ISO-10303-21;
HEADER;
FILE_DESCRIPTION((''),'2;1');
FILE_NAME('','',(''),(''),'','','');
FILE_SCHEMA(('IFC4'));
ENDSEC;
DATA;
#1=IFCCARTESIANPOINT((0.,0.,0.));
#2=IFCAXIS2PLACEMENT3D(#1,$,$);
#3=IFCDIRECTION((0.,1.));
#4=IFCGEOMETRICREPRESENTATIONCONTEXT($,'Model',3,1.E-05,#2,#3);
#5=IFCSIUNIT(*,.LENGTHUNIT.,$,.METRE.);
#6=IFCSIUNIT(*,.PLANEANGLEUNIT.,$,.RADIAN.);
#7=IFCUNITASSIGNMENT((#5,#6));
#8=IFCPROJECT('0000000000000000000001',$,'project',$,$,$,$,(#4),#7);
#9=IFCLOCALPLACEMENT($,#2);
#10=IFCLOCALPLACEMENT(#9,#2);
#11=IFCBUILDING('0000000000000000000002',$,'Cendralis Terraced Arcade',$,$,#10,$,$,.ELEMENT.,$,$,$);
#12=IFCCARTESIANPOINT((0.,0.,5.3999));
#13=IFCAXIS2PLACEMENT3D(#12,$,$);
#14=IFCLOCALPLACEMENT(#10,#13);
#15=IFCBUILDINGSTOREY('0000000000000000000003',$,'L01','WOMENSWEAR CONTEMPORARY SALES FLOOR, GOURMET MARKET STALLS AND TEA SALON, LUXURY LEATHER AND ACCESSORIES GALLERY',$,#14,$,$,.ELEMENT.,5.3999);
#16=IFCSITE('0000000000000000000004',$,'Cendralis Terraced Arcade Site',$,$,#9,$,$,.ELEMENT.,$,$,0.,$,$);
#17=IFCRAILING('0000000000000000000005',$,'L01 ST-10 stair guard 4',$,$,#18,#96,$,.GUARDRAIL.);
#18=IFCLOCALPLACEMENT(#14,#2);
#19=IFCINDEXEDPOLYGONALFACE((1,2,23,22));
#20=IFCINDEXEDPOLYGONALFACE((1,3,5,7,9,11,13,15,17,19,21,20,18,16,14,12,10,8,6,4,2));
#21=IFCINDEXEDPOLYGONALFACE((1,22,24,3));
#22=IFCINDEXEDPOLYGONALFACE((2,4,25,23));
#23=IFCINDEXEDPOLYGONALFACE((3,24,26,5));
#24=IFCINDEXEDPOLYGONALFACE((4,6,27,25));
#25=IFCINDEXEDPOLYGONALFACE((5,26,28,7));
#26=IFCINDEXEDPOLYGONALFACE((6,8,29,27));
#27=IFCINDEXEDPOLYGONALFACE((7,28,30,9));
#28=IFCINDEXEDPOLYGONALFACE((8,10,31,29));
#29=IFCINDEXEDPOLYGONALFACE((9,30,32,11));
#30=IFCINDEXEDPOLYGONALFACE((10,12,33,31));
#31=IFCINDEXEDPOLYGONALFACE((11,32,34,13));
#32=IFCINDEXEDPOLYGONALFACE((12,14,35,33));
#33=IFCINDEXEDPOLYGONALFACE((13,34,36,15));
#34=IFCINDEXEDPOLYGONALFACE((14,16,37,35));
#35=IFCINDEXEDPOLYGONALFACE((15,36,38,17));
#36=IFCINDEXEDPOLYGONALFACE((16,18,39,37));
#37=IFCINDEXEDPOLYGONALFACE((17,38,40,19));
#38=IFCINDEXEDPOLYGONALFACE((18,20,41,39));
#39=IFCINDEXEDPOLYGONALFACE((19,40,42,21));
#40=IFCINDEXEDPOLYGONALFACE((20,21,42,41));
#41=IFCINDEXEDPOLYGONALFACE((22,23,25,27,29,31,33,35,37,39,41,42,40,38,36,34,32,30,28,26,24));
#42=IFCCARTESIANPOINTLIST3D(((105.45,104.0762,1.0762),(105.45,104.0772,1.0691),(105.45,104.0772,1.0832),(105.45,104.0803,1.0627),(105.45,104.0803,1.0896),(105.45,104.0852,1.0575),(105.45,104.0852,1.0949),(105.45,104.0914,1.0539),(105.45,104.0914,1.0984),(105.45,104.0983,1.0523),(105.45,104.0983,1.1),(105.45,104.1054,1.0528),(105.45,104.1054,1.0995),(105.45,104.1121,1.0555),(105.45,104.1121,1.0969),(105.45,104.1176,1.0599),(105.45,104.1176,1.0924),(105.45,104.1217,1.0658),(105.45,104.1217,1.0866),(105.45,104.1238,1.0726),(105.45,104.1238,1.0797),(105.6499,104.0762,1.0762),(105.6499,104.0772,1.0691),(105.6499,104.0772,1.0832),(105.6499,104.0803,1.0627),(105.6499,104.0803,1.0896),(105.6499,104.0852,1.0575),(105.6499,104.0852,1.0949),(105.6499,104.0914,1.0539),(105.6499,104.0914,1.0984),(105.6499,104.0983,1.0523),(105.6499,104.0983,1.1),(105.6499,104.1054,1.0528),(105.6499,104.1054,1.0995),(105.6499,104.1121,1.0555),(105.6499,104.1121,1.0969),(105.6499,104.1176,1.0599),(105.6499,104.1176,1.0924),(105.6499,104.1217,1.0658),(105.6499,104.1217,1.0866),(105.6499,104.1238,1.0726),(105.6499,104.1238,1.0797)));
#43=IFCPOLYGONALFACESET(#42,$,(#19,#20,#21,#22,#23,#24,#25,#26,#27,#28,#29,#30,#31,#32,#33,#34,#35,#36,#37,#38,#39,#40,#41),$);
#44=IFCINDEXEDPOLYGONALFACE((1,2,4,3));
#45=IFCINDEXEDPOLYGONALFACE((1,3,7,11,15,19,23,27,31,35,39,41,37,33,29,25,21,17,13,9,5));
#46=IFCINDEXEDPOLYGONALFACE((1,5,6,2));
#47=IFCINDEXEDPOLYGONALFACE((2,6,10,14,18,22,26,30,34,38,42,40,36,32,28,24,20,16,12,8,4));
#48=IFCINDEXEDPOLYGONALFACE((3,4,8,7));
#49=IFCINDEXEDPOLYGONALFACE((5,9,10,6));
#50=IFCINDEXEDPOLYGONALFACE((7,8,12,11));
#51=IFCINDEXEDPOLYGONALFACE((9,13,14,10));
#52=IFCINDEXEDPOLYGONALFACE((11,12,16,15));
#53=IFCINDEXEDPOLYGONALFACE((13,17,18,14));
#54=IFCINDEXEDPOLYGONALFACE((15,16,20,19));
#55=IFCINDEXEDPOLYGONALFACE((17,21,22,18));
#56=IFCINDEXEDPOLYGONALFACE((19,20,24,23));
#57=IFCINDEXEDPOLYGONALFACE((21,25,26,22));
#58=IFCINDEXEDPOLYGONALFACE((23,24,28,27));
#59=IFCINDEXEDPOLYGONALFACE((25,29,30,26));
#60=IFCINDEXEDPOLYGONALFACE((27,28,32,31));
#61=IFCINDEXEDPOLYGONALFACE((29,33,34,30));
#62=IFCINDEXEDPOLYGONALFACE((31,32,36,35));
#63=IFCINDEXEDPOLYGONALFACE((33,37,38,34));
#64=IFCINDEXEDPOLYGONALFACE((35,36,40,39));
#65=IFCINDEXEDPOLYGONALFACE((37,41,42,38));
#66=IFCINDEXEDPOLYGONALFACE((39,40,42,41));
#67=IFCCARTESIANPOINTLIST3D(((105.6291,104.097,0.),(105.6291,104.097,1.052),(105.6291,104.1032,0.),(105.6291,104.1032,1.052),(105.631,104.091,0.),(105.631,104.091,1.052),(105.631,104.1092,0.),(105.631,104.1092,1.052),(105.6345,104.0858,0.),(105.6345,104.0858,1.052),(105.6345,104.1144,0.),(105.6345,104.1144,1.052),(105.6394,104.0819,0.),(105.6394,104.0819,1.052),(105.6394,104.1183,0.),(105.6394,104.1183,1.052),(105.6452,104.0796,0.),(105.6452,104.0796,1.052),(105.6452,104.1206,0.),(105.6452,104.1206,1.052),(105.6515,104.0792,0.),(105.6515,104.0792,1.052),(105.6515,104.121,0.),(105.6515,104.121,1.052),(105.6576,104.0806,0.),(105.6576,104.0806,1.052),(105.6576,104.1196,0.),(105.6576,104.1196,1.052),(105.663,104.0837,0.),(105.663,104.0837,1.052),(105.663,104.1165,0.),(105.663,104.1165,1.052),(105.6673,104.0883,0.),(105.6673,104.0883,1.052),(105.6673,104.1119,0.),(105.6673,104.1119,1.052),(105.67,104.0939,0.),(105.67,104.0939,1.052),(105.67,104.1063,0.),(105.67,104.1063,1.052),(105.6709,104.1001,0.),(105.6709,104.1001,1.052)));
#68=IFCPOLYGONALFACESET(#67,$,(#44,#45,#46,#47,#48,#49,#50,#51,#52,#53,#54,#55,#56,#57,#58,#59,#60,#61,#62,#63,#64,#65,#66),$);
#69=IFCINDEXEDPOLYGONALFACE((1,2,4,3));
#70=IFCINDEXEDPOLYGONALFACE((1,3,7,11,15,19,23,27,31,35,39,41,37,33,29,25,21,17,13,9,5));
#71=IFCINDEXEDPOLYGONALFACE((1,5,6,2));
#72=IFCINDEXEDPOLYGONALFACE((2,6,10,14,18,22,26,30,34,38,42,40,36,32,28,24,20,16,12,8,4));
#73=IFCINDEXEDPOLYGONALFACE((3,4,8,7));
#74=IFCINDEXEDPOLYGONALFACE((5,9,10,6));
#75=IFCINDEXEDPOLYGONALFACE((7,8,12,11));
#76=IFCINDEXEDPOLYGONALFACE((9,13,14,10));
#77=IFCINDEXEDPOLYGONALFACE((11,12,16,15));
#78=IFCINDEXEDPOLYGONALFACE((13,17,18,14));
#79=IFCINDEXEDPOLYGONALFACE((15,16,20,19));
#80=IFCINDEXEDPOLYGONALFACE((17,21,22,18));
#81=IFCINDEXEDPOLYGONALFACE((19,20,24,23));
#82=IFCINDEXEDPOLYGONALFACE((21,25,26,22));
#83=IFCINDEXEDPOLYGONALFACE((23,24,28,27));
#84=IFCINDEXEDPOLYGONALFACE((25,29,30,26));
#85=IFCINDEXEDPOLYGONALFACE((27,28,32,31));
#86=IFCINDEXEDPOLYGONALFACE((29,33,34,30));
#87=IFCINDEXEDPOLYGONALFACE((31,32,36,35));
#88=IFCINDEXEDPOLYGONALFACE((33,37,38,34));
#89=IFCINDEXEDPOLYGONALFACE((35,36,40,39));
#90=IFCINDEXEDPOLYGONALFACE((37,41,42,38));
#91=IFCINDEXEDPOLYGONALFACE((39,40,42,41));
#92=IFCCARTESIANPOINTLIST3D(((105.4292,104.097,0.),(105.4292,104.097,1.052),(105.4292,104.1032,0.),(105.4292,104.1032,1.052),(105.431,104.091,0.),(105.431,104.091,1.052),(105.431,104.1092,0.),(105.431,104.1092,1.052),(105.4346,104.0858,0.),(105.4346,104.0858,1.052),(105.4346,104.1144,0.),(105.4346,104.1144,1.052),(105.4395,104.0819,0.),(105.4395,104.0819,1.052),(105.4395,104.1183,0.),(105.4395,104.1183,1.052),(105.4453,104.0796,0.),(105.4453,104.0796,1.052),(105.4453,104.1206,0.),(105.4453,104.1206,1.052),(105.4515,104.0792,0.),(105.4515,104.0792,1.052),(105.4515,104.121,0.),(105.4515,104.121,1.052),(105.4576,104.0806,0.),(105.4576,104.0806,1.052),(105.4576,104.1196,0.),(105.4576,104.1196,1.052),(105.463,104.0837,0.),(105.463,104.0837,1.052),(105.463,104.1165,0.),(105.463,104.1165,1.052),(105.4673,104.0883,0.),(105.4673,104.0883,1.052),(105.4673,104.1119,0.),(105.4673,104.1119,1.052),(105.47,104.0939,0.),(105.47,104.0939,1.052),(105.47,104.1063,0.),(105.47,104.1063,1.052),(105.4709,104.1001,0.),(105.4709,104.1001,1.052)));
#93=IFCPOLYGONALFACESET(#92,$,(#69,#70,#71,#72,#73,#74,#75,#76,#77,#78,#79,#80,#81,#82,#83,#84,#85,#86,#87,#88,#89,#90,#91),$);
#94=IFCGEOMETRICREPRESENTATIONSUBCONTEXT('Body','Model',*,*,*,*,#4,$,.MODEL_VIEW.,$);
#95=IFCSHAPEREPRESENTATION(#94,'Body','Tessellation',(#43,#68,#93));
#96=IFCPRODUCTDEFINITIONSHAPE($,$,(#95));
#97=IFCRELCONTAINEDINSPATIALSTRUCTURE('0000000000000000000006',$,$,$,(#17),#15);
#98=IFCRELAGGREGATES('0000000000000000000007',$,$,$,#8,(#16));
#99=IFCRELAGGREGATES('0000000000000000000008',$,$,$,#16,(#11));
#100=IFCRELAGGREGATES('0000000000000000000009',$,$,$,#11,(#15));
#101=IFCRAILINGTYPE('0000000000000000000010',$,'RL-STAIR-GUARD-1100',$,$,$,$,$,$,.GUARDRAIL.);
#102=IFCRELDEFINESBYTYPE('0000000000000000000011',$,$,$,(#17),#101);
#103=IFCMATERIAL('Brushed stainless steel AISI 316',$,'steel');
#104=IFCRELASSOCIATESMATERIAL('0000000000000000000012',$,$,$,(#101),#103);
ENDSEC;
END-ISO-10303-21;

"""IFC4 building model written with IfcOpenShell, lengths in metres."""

from ifc_helpers import new_model, si_unit, direction, frame, origin, origin_2d, place, context, subcontext, project, spatial, circle, extrude, material, type_object, element, save


model = new_model("IFC4")

# Units and contexts
model_context = context("Model", 3, precision=1e-05, world=origin(), true_north=direction((0.0, 1.0)))
body_context = subcontext(model_context, "Body", "Model", "MODEL_VIEW")
ifc_project = project(units=[si_unit("LENGTHUNIT", "METRE"), si_unit("PLANEANGLEUNIT", "RADIAN")], contexts=[model_context])

# Site, building, storey
site_placement = place(None, origin())
site = spatial("IfcSite", under=ifc_project, at=site_placement, Name="Cendralis Terraced Arcade Site", CompositionType="ELEMENT", RefElevation=0.0)
building_placement = place(site_placement, origin())
building = spatial("IfcBuilding", under=site, at=building_placement, Name="Cendralis Terraced Arcade", CompositionType="ELEMENT")
storey_placement = place(building_placement, frame((0.0, 0.0, 5.3999)))
storey = spatial("IfcBuildingStorey", under=building, at=storey_placement, Name="L01", Description="WOMENSWEAR CONTEMPORARY SALES FLOOR, GOURMET MARKET STALLS AND TEA SALON, LUXURY LEATHER AND ACCESSORIES GALLERY", CompositionType="ELEMENT", Elevation=5.3999)

# Railing
ifc_material_1 = material(Name="Brushed stainless steel AISI 316", Category="steel")
railing_type_1 = type_object("IfcRailingType", Name="RL-STAIR-GUARD-1100", PredefinedType="GUARDRAIL", material=ifc_material_1)
railing_1_placement = place(storey_placement, frame((105.6499, 104.1001, 0.0)))
element("IfcRailing", 1, at=railing_1_placement, inside=storey, type_object=railing_type_1, Name="L01 ST-10 stair guard 4", PredefinedType="GUARDRAIL", context=body_context, shape_type="SweptSolid", body=[
    extrude(circle(Radius=0.0239, at=origin_2d()), frame((0.0, 0.0, 1.0762), z_axis=(-1.0, 0.0, 0.0), x_axis=(0.0, -1.0, 0.0)), (0.0, 0.0, 1.0), 0.2),
    extrude(circle(Radius=0.021, at=origin_2d()), origin(), (0.0, 0.0, 1.0), 1.052),
    extrude(circle(Radius=0.021, at=origin_2d()), frame((-0.2, 0.0, 0.0)), (0.0, 0.0, 1.0), 1.052),
])

save(model, "model.ifc")
